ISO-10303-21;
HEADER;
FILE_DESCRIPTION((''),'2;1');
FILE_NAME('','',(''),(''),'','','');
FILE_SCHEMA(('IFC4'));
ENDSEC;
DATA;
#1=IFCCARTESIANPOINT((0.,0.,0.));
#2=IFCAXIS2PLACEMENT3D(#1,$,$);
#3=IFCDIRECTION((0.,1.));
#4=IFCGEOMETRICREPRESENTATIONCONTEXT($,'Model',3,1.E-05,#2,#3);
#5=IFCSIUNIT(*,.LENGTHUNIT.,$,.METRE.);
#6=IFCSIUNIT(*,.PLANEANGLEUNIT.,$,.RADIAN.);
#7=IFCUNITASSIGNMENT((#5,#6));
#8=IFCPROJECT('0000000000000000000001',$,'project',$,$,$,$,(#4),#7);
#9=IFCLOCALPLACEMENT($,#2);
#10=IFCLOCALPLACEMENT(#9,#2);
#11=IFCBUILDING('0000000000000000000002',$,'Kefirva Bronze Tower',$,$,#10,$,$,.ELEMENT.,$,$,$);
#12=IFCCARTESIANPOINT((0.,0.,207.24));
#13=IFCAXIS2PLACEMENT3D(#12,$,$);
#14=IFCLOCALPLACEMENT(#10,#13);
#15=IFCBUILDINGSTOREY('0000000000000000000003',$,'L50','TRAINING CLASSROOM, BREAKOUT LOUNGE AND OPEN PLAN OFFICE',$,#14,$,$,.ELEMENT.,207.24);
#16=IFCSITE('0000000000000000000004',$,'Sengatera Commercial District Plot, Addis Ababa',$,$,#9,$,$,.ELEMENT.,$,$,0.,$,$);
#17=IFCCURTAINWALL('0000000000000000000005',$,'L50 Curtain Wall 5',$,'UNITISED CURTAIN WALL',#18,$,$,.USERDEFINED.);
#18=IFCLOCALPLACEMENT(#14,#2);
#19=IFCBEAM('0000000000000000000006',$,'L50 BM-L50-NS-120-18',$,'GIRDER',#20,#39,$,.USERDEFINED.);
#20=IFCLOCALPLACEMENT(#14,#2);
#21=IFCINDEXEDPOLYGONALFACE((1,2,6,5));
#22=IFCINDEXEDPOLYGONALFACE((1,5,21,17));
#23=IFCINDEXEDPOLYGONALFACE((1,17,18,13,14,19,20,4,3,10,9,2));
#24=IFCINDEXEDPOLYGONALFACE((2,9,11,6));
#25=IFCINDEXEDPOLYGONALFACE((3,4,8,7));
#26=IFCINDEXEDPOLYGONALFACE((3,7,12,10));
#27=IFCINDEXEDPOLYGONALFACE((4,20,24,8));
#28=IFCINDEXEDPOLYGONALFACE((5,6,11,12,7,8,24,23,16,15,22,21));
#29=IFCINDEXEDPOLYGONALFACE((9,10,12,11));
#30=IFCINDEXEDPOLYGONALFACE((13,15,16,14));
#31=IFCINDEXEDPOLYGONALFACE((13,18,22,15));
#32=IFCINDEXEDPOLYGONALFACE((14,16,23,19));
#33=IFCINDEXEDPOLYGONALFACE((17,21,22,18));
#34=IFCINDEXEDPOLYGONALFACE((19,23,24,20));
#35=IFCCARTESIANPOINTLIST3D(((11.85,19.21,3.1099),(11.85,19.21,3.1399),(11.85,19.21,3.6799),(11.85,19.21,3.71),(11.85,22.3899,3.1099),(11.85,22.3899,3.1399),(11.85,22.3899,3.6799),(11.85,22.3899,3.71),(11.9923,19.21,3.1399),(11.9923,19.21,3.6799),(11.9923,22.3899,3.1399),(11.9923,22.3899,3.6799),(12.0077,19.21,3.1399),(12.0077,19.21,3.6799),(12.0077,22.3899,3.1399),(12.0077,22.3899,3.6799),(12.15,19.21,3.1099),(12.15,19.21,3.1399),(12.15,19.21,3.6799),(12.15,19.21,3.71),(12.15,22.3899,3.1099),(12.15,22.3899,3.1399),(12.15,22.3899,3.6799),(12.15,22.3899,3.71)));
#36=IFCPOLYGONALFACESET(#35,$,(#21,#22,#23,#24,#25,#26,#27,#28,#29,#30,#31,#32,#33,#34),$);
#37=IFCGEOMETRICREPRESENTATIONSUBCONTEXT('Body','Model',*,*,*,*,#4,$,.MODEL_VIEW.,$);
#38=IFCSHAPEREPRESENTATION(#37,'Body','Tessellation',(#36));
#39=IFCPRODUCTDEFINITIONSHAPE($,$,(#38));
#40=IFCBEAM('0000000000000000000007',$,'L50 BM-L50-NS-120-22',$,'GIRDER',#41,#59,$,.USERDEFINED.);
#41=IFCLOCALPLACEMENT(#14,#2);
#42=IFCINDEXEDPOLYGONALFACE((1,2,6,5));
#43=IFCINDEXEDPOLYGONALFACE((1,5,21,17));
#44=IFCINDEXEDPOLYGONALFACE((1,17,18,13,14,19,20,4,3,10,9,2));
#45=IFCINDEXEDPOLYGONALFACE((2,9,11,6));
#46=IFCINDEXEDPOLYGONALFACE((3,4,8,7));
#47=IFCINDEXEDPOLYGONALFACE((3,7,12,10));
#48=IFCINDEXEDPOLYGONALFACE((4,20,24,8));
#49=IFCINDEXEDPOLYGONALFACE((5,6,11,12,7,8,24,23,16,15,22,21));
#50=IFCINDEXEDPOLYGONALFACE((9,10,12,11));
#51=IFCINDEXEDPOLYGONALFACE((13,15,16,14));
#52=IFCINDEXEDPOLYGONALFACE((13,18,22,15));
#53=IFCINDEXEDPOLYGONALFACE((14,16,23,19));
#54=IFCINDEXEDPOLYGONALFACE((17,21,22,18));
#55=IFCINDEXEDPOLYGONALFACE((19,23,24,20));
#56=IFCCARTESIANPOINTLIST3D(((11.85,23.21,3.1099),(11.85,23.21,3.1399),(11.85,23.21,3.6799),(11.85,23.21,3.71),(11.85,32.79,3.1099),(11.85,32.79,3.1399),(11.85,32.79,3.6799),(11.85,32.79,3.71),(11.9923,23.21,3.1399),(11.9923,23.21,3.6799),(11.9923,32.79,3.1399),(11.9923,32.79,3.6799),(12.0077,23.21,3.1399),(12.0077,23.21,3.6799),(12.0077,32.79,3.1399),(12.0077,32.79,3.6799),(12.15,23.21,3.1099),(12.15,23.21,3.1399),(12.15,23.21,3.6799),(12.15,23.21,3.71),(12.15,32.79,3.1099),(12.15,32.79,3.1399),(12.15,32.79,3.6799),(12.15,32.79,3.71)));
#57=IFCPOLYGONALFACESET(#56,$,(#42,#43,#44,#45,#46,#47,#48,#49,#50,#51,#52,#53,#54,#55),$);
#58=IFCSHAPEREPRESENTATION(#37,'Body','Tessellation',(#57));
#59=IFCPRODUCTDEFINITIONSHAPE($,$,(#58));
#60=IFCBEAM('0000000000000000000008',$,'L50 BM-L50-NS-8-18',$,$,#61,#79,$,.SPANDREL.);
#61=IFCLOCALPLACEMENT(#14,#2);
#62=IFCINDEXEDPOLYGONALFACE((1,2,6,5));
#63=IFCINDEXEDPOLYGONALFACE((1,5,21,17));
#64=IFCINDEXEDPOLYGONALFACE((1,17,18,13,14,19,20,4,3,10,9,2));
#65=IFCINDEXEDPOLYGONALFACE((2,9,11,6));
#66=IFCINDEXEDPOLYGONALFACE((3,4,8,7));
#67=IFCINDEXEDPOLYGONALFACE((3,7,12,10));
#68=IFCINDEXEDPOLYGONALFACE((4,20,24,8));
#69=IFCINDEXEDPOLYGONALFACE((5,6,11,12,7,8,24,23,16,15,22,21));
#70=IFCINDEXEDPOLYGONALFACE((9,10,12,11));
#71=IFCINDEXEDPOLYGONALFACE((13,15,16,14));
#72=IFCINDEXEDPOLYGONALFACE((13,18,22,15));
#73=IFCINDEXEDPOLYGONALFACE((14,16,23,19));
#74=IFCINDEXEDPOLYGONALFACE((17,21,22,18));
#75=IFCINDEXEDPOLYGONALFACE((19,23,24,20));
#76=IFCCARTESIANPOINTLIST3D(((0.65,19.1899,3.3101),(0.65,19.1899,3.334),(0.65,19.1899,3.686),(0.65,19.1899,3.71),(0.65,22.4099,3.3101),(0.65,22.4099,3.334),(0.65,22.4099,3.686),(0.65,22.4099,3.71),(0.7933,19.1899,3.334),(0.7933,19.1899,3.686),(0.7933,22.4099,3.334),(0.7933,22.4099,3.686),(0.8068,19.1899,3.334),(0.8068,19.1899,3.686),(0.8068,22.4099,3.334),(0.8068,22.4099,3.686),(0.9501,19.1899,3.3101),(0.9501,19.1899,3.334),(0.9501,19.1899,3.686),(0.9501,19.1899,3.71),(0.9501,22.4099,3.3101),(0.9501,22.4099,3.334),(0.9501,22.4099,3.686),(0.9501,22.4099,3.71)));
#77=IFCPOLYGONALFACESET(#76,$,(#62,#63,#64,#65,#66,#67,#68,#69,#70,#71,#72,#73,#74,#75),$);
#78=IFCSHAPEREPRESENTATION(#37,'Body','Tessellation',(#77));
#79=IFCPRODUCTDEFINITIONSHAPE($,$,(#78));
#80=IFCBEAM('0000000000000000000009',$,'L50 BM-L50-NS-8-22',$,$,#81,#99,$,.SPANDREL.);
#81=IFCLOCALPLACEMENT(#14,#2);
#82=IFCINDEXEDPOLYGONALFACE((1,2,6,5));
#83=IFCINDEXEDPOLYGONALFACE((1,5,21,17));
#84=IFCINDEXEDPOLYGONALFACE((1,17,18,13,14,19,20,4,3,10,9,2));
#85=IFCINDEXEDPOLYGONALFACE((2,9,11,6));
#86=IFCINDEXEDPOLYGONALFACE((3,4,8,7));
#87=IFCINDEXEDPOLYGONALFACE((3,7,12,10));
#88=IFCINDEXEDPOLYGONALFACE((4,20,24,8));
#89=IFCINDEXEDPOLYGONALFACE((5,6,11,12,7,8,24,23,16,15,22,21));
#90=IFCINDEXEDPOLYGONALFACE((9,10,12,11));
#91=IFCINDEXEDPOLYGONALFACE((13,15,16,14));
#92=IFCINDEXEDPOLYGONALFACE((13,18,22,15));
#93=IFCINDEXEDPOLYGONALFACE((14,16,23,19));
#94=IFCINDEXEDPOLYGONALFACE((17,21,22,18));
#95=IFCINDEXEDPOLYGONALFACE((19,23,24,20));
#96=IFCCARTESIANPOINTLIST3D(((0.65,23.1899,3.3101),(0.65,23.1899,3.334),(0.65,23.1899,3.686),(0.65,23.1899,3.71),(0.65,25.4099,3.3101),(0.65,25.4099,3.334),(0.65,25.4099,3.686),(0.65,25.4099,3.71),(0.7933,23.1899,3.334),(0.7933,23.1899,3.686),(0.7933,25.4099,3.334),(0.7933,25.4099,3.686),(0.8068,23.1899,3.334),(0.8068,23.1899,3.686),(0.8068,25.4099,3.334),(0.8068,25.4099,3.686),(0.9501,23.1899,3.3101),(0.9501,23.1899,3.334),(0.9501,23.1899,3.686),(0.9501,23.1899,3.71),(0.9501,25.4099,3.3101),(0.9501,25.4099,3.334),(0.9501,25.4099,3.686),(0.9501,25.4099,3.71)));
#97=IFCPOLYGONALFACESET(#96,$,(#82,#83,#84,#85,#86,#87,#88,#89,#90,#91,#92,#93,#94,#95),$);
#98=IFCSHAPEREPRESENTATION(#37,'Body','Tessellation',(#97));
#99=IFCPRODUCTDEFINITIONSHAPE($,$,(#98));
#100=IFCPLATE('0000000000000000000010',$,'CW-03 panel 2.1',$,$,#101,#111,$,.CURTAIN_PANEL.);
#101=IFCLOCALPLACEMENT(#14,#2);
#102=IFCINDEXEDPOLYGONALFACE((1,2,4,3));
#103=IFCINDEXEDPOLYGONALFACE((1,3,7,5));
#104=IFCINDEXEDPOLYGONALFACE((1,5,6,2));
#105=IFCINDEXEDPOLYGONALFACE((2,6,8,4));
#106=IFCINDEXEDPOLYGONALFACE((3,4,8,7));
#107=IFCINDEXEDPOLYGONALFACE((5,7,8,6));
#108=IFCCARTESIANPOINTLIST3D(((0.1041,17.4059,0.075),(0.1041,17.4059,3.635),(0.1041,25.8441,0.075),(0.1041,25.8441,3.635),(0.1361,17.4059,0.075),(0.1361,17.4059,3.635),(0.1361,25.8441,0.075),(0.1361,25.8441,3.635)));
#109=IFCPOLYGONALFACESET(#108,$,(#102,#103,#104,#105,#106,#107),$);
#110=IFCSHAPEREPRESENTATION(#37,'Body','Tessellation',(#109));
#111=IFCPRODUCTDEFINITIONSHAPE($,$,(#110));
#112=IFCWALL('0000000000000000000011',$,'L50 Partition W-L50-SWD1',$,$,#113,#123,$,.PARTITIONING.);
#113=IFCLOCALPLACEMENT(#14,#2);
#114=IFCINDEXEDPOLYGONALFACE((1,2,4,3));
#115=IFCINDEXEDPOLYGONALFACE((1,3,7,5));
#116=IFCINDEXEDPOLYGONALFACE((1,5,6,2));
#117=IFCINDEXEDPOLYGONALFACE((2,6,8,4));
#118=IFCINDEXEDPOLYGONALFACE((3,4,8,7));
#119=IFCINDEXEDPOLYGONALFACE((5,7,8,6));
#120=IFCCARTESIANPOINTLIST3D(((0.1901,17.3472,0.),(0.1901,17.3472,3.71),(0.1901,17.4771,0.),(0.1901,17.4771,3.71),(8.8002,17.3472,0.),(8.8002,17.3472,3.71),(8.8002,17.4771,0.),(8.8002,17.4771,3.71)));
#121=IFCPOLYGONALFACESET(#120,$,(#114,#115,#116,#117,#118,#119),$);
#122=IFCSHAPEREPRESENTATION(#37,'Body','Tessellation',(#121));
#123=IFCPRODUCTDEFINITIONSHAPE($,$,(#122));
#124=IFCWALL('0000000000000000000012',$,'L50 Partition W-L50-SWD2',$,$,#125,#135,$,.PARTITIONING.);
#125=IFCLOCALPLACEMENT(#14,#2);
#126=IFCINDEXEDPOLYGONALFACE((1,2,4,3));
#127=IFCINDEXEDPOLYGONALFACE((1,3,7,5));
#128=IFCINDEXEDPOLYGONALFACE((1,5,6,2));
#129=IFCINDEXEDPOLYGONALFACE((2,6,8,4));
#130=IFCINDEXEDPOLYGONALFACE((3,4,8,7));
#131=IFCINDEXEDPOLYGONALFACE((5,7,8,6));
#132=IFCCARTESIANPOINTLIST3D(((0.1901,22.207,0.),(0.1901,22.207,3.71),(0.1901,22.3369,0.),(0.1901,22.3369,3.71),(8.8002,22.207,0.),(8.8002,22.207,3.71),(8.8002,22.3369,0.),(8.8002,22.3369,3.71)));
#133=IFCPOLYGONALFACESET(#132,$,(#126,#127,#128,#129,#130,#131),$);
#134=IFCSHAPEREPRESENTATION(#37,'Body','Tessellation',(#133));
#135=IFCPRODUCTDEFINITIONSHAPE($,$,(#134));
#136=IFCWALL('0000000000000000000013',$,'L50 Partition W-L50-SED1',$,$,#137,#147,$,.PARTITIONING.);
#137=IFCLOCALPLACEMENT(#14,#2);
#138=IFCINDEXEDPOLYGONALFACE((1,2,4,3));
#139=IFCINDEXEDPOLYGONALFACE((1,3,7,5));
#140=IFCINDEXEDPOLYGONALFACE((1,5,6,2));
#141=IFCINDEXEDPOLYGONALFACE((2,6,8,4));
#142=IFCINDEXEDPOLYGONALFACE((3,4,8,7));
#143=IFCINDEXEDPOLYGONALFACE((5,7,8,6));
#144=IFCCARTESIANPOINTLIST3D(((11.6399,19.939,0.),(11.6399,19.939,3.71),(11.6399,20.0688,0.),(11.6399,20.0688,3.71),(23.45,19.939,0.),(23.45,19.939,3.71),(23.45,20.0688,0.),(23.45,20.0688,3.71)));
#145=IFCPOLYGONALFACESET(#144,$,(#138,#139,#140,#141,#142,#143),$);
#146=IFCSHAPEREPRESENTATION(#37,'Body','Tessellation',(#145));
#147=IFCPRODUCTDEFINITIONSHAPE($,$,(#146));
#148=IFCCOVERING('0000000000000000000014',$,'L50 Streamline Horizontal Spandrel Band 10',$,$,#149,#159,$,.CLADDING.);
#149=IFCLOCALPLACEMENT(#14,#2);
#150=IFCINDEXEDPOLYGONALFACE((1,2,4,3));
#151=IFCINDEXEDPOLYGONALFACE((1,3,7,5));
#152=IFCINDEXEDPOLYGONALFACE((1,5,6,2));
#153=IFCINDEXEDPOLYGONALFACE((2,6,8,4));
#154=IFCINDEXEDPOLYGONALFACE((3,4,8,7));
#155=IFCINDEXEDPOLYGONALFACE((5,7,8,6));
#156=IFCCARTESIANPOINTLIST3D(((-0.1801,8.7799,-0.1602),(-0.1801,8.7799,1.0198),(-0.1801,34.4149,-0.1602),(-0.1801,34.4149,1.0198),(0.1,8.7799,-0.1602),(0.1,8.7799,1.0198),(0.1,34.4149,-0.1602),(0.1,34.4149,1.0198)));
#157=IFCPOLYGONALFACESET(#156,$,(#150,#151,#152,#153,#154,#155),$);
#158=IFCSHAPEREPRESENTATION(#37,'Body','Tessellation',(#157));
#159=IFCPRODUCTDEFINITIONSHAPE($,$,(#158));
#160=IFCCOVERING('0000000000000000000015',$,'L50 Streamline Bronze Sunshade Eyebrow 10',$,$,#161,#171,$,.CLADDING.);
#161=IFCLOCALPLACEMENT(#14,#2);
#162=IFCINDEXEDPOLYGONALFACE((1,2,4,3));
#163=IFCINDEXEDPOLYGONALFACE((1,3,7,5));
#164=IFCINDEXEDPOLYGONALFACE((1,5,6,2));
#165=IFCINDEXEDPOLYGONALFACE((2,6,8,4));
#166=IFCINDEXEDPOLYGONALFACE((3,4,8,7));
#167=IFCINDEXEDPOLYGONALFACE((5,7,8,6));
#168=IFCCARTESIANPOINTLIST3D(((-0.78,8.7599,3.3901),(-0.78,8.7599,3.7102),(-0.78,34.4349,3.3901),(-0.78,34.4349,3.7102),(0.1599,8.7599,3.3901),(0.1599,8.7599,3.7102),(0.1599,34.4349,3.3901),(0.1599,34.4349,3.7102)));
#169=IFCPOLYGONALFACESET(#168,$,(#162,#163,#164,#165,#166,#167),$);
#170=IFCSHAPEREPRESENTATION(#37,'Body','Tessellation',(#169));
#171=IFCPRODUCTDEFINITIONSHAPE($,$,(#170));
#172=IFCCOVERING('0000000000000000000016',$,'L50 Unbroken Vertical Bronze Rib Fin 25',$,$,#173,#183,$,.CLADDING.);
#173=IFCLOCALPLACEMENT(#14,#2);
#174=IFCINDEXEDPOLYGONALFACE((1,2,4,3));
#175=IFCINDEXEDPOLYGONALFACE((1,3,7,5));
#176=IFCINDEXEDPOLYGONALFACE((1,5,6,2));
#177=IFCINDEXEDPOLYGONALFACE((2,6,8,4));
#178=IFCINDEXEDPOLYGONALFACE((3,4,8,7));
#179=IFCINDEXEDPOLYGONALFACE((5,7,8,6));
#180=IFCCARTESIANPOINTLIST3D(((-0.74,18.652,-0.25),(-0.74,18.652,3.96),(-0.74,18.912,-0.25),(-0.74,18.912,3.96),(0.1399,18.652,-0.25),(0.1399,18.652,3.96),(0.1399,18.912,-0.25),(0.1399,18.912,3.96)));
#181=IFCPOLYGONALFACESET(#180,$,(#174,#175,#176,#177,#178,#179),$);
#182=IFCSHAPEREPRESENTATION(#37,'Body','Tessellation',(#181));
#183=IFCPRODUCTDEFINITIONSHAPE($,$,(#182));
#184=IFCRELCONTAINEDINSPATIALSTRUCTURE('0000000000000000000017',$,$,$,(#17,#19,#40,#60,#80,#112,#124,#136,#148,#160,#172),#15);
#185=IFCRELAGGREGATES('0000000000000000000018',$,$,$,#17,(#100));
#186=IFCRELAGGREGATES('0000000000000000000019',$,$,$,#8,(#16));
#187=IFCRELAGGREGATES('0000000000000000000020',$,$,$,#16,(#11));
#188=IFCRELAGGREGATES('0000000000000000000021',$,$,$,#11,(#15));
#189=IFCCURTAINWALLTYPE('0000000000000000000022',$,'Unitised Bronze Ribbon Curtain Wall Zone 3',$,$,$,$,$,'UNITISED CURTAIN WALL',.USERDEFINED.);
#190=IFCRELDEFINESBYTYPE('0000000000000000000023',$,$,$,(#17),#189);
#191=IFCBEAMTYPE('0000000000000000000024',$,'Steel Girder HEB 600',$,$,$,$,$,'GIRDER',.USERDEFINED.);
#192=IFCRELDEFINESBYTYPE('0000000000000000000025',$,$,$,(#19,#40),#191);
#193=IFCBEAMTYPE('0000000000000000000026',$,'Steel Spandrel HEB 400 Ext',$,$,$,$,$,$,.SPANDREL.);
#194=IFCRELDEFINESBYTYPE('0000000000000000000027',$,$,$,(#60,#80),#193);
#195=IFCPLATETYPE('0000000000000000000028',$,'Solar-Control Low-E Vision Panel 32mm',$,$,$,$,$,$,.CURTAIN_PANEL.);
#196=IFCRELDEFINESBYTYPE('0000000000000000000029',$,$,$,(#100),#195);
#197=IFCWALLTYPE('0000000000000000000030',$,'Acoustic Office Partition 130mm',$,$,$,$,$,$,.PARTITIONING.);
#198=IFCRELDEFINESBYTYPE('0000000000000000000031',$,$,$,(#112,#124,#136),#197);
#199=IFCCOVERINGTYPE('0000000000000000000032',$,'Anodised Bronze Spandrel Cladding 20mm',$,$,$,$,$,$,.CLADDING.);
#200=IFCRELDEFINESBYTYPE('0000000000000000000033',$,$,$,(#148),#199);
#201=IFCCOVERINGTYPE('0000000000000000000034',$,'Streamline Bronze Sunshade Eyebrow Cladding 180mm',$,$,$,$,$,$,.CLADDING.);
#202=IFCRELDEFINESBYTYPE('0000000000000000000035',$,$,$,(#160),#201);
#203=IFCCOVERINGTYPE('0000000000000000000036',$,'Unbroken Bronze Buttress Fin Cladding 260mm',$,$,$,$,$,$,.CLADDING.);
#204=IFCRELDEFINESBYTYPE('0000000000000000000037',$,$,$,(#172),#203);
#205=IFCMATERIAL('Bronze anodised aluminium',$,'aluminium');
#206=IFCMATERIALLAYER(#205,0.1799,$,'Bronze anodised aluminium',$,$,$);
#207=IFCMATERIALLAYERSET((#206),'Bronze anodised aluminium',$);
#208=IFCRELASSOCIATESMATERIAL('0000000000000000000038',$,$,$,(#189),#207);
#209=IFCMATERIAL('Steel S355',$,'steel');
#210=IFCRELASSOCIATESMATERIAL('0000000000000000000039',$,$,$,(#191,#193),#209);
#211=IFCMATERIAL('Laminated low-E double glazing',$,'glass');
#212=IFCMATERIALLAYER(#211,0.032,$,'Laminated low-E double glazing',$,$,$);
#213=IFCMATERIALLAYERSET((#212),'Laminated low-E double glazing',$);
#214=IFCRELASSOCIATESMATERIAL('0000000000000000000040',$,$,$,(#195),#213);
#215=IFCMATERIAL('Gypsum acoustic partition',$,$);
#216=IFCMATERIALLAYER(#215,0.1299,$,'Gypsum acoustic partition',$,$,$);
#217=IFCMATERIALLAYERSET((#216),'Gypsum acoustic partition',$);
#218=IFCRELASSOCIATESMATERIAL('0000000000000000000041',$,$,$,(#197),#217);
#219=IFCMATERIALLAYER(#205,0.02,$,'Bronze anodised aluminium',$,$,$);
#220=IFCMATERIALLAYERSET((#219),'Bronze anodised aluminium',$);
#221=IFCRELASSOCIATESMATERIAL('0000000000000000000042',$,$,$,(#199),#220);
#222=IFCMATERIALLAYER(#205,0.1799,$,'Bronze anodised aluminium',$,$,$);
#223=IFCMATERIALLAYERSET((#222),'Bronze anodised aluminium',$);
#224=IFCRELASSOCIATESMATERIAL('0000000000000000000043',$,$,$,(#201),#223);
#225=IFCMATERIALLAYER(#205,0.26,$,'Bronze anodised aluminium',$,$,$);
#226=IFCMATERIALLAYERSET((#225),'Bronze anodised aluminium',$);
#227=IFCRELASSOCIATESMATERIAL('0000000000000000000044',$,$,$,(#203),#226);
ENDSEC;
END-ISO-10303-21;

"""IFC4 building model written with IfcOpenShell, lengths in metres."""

from ifc_helpers import new_model, si_unit, direction, frame, frame_2d, origin, origin_2d, place, context, subcontext, project, spatial, rectangle, i_section, extrude, material, layer, layer_set, material_profile, profile_set, type_object, element, aggregate, save


model = new_model("IFC4")

# Units and contexts
model_context = context("Model", 3, precision=1e-05, world=origin(), true_north=direction((0.0, 1.0)))
body_context = subcontext(model_context, "Body", "Model", "MODEL_VIEW")
ifc_project = project(units=[si_unit("LENGTHUNIT", "METRE"), si_unit("PLANEANGLEUNIT", "RADIAN")], contexts=[model_context])

# Site, building, storey
site_placement = place(None, origin())
site = spatial("IfcSite", under=ifc_project, at=site_placement, Name="Sengatera Commercial District Plot, Addis Ababa", CompositionType="ELEMENT", RefElevation=0.0)
building_placement = place(site_placement, origin())
building = spatial("IfcBuilding", under=site, at=building_placement, Name="Kefirva Bronze Tower", CompositionType="ELEMENT")
storey_placement = place(building_placement, frame((0.0, 0.0, 207.24)))
storey = spatial("IfcBuildingStorey", under=building, at=storey_placement, Name="L50", Description="TRAINING CLASSROOM, BREAKOUT LOUNGE AND OPEN PLAN OFFICE", CompositionType="ELEMENT", Elevation=207.24)

# Curtain wall
ifc_material_1 = material(Name="Bronze anodised aluminium", Category="aluminium")
ifc_layer_1 = layer(ifc_material_1, 0.1799, Name="Bronze anodised aluminium")
ifc_layer_set_1 = layer_set([ifc_layer_1], Name="Bronze anodised aluminium")
curtain_wall_type = type_object("IfcCurtainWallType", Name="Unitised Bronze Ribbon Curtain Wall Zone 3", ElementType="UNITISED CURTAIN WALL", PredefinedType="USERDEFINED", material=ifc_layer_set_1)
curtain_wall_placement = place(storey_placement, origin())
curtain_wall = element("IfcCurtainWall", 1, at=curtain_wall_placement, inside=storey, type_object=curtain_wall_type, Name="L50 Curtain Wall 5", ObjectType="UNITISED CURTAIN WALL", PredefinedType="USERDEFINED")

# Beams
ifc_material_2 = material(Name="Steel S355", Category="steel")
ifc_material_profile_1 = material_profile(ifc_material_2, i_section(OverallWidth=0.3, OverallDepth=0.6001, WebThickness=0.0154, FlangeThickness=0.03, at=origin_2d()), Name="HEB 600")
ifc_profile_set_1 = profile_set([ifc_material_profile_1], Name="Steel S355")
beam_type_1 = type_object("IfcBeamType", Name="Steel Girder HEB 600", ElementType="GIRDER", PredefinedType="USERDEFINED", material=ifc_profile_set_1)
beam_1_placement = place(storey_placement, frame((12.0, 19.21, 3.4099), z_axis=(0.0, 1.0, 0.0), x_axis=(-1.0, 0.0, 0.0)))
element("IfcBeam", 2, at=beam_1_placement, inside=storey, type_object=beam_type_1, Name="L50 BM-L50-NS-120-18", ObjectType="GIRDER", PredefinedType="USERDEFINED", context=body_context, shape_type="SweptSolid", body=[
    extrude(i_section(OverallWidth=0.3, OverallDepth=0.6001, WebThickness=0.0154, FlangeThickness=0.03, at=origin_2d()), origin(), (0.0, 0.0, 1.0), 3.1799),
])
beam_2_placement = place(storey_placement, frame((12.0, 23.21, 3.4099), z_axis=(0.0, 1.0, 0.0), x_axis=(-1.0, 0.0, 0.0)))
element("IfcBeam", 3, at=beam_2_placement, inside=storey, type_object=beam_type_1, Name="L50 BM-L50-NS-120-22", ObjectType="GIRDER", PredefinedType="USERDEFINED", context=body_context, shape_type="SweptSolid", body=[
    extrude(i_section(OverallWidth=0.3, OverallDepth=0.6001, WebThickness=0.0154, FlangeThickness=0.03, at=origin_2d()), origin(), (0.0, 0.0, 1.0), 9.5801),
])
ifc_material_profile_2 = material_profile(ifc_material_2, i_section(OverallWidth=0.3, OverallDepth=0.3999, WebThickness=0.0134, FlangeThickness=0.0239, at=origin_2d()), Name="HEB 400")
ifc_profile_set_2 = profile_set([ifc_material_profile_2], Name="Steel S355")
beam_type_2 = type_object("IfcBeamType", Name="Steel Spandrel HEB 400 Ext", PredefinedType="SPANDREL", material=ifc_profile_set_2)
beam_3_placement = place(storey_placement, frame((0.8, 19.1899, 3.51), z_axis=(0.0, 1.0, 0.0), x_axis=(-1.0, 0.0, 0.0)))
element("IfcBeam", 4, at=beam_3_placement, inside=storey, type_object=beam_type_2, Name="L50 BM-L50-NS-8-18", PredefinedType="SPANDREL", context=body_context, shape_type="SweptSolid", body=[
    extrude(i_section(OverallWidth=0.3, OverallDepth=0.3999, WebThickness=0.0134, FlangeThickness=0.0239, at=origin_2d()), origin(), (0.0, 0.0, 1.0), 3.22),
])
beam_4_placement = place(storey_placement, frame((0.8, 23.1899, 3.51), z_axis=(0.0, 1.0, 0.0), x_axis=(-1.0, 0.0, 0.0)))
element("IfcBeam", 5, at=beam_4_placement, inside=storey, type_object=beam_type_2, Name="L50 BM-L50-NS-8-22", PredefinedType="SPANDREL", context=body_context, shape_type="SweptSolid", body=[
    extrude(i_section(OverallWidth=0.3, OverallDepth=0.3999, WebThickness=0.0134, FlangeThickness=0.0239, at=origin_2d()), origin(), (0.0, 0.0, 1.0), 2.22),
])

# Plate
ifc_material_3 = material(Name="Laminated low-E double glazing", Category="glass")
ifc_layer_2 = layer(ifc_material_3, 0.032, Name="Laminated low-E double glazing")
ifc_layer_set_2 = layer_set([ifc_layer_2], Name="Laminated low-E double glazing")
plate_type = type_object("IfcPlateType", Name="Solar-Control Low-E Vision Panel 32mm", PredefinedType="CURTAIN_PANEL", material=ifc_layer_set_2)
plate_placement = place(storey_placement, frame((0.1201, 21.625, 0.075), z_axis=(0.0, 0.0, 1.0), x_axis=(0.0, -1.0, 0.0)))
plate = element("IfcPlate", 6, at=plate_placement, type_object=plate_type, Name="CW-03 panel 2.1", PredefinedType="CURTAIN_PANEL", context=body_context, shape_type="SweptSolid", body=[
    extrude(rectangle(XDim=8.4382, YDim=0.032, at=origin_2d()), origin(), (0.0, 0.0, 1.0), 3.5601),
])
aggregate(curtain_wall, [plate])

# Walls
ifc_material_4 = material(Name="Gypsum acoustic partition")
ifc_layer_3 = layer(ifc_material_4, 0.1299, Name="Gypsum acoustic partition")
ifc_layer_set_3 = layer_set([ifc_layer_3], Name="Gypsum acoustic partition")
wall_type = type_object("IfcWallType", Name="Acoustic Office Partition 130mm", PredefinedType="PARTITIONING", material=ifc_layer_set_3)
for number, where, z_axis, x_axis, name in (
    (7, (0.1899, 17.4121, 0.0), (0.0, 0.0, 1.0), (1.0, 0.0, 0.0), "L50 Partition W-L50-SWD1"),
    (8, (0.1899, 22.272, 0.0), (0.0, 0.0, 1.0), (1.0, 0.0, 0.0), "L50 Partition W-L50-SWD2"),
):
    element("IfcWall", number, at=place(storey_placement, frame(where, z_axis=z_axis, x_axis=x_axis)), inside=storey, type_object=wall_type, Name=name, PredefinedType="PARTITIONING", context=body_context, shape_type="SweptSolid", body=[
        extrude(rectangle(XDim=8.6101, YDim=0.1299, at=frame_2d((4.3052, 0.0))), origin(), (0.0, 0.0, 1.0), 3.71),
    ])
wall_placement = place(storey_placement, frame((11.6399, 20.0039, 0.0), z_axis=(0.0, 0.0, 1.0), x_axis=(1.0, 0.0, 0.0)))
element("IfcWall", 9, at=wall_placement, inside=storey, type_object=wall_type, Name="L50 Partition W-L50-SED1", PredefinedType="PARTITIONING", context=body_context, shape_type="SweptSolid", body=[
    extrude(rectangle(XDim=11.8101, YDim=0.1299, at=frame_2d((5.905, 0.0))), origin(), (0.0, 0.0, 1.0), 3.71),
])

# Coverings
ifc_layer_4 = layer(ifc_material_1, 0.02, Name="Bronze anodised aluminium")
ifc_layer_set_4 = layer_set([ifc_layer_4], Name="Bronze anodised aluminium")
covering_type_1 = type_object("IfcCoveringType", Name="Anodised Bronze Spandrel Cladding 20mm", PredefinedType="CLADDING", material=ifc_layer_set_4)
covering_1_placement = place(storey_placement, frame((-0.04, 21.5974, -0.1602), z_axis=(0.0, 0.0, 1.0), x_axis=(0.0, -1.0, 0.0)))
element("IfcCovering", 10, at=covering_1_placement, inside=storey, type_object=covering_type_1, Name="L50 Streamline Horizontal Spandrel Band 10", PredefinedType="CLADDING", context=body_context, shape_type="SweptSolid", body=[
    extrude(rectangle(XDim=25.635, YDim=0.28, at=origin_2d()), origin(), (0.0, 0.0, 1.0), 1.1799),
])
ifc_layer_5 = layer(ifc_material_1, 0.1799, Name="Bronze anodised aluminium")
ifc_layer_set_5 = layer_set([ifc_layer_5], Name="Bronze anodised aluminium")
covering_type_2 = type_object("IfcCoveringType", Name="Streamline Bronze Sunshade Eyebrow Cladding 180mm", PredefinedType="CLADDING", material=ifc_layer_set_5)
covering_2_placement = place(storey_placement, frame((-0.3101, 21.5974, 3.3901), z_axis=(0.0, 0.0, 1.0), x_axis=(0.0, -1.0, 0.0)))
element("IfcCovering", 11, at=covering_2_placement, inside=storey, type_object=covering_type_2, Name="L50 Streamline Bronze Sunshade Eyebrow 10", PredefinedType="CLADDING", context=body_context, shape_type="SweptSolid", body=[
    extrude(rectangle(XDim=25.675, YDim=0.9399, at=origin_2d()), origin(), (0.0, 0.0, 1.0), 0.3201),
])
ifc_layer_6 = layer(ifc_material_1, 0.26, Name="Bronze anodised aluminium")
ifc_layer_set_6 = layer_set([ifc_layer_6], Name="Bronze anodised aluminium")
covering_type_3 = type_object("IfcCoveringType", Name="Unbroken Bronze Buttress Fin Cladding 260mm", PredefinedType="CLADDING", material=ifc_layer_set_6)
covering_3_placement = place(storey_placement, frame((-0.3, 18.782, -0.25), z_axis=(0.0, 0.0, 1.0), x_axis=(0.0, -1.0, 0.0)))
element("IfcCovering", 12, at=covering_3_placement, inside=storey, type_object=covering_type_3, Name="L50 Unbroken Vertical Bronze Rib Fin 25", PredefinedType="CLADDING", context=body_context, shape_type="SweptSolid", body=[
    extrude(rectangle(XDim=0.26, YDim=0.8799, at=origin_2d()), origin(), (0.0, 0.0, 1.0), 4.21),
])

save(model, "model.ifc")
